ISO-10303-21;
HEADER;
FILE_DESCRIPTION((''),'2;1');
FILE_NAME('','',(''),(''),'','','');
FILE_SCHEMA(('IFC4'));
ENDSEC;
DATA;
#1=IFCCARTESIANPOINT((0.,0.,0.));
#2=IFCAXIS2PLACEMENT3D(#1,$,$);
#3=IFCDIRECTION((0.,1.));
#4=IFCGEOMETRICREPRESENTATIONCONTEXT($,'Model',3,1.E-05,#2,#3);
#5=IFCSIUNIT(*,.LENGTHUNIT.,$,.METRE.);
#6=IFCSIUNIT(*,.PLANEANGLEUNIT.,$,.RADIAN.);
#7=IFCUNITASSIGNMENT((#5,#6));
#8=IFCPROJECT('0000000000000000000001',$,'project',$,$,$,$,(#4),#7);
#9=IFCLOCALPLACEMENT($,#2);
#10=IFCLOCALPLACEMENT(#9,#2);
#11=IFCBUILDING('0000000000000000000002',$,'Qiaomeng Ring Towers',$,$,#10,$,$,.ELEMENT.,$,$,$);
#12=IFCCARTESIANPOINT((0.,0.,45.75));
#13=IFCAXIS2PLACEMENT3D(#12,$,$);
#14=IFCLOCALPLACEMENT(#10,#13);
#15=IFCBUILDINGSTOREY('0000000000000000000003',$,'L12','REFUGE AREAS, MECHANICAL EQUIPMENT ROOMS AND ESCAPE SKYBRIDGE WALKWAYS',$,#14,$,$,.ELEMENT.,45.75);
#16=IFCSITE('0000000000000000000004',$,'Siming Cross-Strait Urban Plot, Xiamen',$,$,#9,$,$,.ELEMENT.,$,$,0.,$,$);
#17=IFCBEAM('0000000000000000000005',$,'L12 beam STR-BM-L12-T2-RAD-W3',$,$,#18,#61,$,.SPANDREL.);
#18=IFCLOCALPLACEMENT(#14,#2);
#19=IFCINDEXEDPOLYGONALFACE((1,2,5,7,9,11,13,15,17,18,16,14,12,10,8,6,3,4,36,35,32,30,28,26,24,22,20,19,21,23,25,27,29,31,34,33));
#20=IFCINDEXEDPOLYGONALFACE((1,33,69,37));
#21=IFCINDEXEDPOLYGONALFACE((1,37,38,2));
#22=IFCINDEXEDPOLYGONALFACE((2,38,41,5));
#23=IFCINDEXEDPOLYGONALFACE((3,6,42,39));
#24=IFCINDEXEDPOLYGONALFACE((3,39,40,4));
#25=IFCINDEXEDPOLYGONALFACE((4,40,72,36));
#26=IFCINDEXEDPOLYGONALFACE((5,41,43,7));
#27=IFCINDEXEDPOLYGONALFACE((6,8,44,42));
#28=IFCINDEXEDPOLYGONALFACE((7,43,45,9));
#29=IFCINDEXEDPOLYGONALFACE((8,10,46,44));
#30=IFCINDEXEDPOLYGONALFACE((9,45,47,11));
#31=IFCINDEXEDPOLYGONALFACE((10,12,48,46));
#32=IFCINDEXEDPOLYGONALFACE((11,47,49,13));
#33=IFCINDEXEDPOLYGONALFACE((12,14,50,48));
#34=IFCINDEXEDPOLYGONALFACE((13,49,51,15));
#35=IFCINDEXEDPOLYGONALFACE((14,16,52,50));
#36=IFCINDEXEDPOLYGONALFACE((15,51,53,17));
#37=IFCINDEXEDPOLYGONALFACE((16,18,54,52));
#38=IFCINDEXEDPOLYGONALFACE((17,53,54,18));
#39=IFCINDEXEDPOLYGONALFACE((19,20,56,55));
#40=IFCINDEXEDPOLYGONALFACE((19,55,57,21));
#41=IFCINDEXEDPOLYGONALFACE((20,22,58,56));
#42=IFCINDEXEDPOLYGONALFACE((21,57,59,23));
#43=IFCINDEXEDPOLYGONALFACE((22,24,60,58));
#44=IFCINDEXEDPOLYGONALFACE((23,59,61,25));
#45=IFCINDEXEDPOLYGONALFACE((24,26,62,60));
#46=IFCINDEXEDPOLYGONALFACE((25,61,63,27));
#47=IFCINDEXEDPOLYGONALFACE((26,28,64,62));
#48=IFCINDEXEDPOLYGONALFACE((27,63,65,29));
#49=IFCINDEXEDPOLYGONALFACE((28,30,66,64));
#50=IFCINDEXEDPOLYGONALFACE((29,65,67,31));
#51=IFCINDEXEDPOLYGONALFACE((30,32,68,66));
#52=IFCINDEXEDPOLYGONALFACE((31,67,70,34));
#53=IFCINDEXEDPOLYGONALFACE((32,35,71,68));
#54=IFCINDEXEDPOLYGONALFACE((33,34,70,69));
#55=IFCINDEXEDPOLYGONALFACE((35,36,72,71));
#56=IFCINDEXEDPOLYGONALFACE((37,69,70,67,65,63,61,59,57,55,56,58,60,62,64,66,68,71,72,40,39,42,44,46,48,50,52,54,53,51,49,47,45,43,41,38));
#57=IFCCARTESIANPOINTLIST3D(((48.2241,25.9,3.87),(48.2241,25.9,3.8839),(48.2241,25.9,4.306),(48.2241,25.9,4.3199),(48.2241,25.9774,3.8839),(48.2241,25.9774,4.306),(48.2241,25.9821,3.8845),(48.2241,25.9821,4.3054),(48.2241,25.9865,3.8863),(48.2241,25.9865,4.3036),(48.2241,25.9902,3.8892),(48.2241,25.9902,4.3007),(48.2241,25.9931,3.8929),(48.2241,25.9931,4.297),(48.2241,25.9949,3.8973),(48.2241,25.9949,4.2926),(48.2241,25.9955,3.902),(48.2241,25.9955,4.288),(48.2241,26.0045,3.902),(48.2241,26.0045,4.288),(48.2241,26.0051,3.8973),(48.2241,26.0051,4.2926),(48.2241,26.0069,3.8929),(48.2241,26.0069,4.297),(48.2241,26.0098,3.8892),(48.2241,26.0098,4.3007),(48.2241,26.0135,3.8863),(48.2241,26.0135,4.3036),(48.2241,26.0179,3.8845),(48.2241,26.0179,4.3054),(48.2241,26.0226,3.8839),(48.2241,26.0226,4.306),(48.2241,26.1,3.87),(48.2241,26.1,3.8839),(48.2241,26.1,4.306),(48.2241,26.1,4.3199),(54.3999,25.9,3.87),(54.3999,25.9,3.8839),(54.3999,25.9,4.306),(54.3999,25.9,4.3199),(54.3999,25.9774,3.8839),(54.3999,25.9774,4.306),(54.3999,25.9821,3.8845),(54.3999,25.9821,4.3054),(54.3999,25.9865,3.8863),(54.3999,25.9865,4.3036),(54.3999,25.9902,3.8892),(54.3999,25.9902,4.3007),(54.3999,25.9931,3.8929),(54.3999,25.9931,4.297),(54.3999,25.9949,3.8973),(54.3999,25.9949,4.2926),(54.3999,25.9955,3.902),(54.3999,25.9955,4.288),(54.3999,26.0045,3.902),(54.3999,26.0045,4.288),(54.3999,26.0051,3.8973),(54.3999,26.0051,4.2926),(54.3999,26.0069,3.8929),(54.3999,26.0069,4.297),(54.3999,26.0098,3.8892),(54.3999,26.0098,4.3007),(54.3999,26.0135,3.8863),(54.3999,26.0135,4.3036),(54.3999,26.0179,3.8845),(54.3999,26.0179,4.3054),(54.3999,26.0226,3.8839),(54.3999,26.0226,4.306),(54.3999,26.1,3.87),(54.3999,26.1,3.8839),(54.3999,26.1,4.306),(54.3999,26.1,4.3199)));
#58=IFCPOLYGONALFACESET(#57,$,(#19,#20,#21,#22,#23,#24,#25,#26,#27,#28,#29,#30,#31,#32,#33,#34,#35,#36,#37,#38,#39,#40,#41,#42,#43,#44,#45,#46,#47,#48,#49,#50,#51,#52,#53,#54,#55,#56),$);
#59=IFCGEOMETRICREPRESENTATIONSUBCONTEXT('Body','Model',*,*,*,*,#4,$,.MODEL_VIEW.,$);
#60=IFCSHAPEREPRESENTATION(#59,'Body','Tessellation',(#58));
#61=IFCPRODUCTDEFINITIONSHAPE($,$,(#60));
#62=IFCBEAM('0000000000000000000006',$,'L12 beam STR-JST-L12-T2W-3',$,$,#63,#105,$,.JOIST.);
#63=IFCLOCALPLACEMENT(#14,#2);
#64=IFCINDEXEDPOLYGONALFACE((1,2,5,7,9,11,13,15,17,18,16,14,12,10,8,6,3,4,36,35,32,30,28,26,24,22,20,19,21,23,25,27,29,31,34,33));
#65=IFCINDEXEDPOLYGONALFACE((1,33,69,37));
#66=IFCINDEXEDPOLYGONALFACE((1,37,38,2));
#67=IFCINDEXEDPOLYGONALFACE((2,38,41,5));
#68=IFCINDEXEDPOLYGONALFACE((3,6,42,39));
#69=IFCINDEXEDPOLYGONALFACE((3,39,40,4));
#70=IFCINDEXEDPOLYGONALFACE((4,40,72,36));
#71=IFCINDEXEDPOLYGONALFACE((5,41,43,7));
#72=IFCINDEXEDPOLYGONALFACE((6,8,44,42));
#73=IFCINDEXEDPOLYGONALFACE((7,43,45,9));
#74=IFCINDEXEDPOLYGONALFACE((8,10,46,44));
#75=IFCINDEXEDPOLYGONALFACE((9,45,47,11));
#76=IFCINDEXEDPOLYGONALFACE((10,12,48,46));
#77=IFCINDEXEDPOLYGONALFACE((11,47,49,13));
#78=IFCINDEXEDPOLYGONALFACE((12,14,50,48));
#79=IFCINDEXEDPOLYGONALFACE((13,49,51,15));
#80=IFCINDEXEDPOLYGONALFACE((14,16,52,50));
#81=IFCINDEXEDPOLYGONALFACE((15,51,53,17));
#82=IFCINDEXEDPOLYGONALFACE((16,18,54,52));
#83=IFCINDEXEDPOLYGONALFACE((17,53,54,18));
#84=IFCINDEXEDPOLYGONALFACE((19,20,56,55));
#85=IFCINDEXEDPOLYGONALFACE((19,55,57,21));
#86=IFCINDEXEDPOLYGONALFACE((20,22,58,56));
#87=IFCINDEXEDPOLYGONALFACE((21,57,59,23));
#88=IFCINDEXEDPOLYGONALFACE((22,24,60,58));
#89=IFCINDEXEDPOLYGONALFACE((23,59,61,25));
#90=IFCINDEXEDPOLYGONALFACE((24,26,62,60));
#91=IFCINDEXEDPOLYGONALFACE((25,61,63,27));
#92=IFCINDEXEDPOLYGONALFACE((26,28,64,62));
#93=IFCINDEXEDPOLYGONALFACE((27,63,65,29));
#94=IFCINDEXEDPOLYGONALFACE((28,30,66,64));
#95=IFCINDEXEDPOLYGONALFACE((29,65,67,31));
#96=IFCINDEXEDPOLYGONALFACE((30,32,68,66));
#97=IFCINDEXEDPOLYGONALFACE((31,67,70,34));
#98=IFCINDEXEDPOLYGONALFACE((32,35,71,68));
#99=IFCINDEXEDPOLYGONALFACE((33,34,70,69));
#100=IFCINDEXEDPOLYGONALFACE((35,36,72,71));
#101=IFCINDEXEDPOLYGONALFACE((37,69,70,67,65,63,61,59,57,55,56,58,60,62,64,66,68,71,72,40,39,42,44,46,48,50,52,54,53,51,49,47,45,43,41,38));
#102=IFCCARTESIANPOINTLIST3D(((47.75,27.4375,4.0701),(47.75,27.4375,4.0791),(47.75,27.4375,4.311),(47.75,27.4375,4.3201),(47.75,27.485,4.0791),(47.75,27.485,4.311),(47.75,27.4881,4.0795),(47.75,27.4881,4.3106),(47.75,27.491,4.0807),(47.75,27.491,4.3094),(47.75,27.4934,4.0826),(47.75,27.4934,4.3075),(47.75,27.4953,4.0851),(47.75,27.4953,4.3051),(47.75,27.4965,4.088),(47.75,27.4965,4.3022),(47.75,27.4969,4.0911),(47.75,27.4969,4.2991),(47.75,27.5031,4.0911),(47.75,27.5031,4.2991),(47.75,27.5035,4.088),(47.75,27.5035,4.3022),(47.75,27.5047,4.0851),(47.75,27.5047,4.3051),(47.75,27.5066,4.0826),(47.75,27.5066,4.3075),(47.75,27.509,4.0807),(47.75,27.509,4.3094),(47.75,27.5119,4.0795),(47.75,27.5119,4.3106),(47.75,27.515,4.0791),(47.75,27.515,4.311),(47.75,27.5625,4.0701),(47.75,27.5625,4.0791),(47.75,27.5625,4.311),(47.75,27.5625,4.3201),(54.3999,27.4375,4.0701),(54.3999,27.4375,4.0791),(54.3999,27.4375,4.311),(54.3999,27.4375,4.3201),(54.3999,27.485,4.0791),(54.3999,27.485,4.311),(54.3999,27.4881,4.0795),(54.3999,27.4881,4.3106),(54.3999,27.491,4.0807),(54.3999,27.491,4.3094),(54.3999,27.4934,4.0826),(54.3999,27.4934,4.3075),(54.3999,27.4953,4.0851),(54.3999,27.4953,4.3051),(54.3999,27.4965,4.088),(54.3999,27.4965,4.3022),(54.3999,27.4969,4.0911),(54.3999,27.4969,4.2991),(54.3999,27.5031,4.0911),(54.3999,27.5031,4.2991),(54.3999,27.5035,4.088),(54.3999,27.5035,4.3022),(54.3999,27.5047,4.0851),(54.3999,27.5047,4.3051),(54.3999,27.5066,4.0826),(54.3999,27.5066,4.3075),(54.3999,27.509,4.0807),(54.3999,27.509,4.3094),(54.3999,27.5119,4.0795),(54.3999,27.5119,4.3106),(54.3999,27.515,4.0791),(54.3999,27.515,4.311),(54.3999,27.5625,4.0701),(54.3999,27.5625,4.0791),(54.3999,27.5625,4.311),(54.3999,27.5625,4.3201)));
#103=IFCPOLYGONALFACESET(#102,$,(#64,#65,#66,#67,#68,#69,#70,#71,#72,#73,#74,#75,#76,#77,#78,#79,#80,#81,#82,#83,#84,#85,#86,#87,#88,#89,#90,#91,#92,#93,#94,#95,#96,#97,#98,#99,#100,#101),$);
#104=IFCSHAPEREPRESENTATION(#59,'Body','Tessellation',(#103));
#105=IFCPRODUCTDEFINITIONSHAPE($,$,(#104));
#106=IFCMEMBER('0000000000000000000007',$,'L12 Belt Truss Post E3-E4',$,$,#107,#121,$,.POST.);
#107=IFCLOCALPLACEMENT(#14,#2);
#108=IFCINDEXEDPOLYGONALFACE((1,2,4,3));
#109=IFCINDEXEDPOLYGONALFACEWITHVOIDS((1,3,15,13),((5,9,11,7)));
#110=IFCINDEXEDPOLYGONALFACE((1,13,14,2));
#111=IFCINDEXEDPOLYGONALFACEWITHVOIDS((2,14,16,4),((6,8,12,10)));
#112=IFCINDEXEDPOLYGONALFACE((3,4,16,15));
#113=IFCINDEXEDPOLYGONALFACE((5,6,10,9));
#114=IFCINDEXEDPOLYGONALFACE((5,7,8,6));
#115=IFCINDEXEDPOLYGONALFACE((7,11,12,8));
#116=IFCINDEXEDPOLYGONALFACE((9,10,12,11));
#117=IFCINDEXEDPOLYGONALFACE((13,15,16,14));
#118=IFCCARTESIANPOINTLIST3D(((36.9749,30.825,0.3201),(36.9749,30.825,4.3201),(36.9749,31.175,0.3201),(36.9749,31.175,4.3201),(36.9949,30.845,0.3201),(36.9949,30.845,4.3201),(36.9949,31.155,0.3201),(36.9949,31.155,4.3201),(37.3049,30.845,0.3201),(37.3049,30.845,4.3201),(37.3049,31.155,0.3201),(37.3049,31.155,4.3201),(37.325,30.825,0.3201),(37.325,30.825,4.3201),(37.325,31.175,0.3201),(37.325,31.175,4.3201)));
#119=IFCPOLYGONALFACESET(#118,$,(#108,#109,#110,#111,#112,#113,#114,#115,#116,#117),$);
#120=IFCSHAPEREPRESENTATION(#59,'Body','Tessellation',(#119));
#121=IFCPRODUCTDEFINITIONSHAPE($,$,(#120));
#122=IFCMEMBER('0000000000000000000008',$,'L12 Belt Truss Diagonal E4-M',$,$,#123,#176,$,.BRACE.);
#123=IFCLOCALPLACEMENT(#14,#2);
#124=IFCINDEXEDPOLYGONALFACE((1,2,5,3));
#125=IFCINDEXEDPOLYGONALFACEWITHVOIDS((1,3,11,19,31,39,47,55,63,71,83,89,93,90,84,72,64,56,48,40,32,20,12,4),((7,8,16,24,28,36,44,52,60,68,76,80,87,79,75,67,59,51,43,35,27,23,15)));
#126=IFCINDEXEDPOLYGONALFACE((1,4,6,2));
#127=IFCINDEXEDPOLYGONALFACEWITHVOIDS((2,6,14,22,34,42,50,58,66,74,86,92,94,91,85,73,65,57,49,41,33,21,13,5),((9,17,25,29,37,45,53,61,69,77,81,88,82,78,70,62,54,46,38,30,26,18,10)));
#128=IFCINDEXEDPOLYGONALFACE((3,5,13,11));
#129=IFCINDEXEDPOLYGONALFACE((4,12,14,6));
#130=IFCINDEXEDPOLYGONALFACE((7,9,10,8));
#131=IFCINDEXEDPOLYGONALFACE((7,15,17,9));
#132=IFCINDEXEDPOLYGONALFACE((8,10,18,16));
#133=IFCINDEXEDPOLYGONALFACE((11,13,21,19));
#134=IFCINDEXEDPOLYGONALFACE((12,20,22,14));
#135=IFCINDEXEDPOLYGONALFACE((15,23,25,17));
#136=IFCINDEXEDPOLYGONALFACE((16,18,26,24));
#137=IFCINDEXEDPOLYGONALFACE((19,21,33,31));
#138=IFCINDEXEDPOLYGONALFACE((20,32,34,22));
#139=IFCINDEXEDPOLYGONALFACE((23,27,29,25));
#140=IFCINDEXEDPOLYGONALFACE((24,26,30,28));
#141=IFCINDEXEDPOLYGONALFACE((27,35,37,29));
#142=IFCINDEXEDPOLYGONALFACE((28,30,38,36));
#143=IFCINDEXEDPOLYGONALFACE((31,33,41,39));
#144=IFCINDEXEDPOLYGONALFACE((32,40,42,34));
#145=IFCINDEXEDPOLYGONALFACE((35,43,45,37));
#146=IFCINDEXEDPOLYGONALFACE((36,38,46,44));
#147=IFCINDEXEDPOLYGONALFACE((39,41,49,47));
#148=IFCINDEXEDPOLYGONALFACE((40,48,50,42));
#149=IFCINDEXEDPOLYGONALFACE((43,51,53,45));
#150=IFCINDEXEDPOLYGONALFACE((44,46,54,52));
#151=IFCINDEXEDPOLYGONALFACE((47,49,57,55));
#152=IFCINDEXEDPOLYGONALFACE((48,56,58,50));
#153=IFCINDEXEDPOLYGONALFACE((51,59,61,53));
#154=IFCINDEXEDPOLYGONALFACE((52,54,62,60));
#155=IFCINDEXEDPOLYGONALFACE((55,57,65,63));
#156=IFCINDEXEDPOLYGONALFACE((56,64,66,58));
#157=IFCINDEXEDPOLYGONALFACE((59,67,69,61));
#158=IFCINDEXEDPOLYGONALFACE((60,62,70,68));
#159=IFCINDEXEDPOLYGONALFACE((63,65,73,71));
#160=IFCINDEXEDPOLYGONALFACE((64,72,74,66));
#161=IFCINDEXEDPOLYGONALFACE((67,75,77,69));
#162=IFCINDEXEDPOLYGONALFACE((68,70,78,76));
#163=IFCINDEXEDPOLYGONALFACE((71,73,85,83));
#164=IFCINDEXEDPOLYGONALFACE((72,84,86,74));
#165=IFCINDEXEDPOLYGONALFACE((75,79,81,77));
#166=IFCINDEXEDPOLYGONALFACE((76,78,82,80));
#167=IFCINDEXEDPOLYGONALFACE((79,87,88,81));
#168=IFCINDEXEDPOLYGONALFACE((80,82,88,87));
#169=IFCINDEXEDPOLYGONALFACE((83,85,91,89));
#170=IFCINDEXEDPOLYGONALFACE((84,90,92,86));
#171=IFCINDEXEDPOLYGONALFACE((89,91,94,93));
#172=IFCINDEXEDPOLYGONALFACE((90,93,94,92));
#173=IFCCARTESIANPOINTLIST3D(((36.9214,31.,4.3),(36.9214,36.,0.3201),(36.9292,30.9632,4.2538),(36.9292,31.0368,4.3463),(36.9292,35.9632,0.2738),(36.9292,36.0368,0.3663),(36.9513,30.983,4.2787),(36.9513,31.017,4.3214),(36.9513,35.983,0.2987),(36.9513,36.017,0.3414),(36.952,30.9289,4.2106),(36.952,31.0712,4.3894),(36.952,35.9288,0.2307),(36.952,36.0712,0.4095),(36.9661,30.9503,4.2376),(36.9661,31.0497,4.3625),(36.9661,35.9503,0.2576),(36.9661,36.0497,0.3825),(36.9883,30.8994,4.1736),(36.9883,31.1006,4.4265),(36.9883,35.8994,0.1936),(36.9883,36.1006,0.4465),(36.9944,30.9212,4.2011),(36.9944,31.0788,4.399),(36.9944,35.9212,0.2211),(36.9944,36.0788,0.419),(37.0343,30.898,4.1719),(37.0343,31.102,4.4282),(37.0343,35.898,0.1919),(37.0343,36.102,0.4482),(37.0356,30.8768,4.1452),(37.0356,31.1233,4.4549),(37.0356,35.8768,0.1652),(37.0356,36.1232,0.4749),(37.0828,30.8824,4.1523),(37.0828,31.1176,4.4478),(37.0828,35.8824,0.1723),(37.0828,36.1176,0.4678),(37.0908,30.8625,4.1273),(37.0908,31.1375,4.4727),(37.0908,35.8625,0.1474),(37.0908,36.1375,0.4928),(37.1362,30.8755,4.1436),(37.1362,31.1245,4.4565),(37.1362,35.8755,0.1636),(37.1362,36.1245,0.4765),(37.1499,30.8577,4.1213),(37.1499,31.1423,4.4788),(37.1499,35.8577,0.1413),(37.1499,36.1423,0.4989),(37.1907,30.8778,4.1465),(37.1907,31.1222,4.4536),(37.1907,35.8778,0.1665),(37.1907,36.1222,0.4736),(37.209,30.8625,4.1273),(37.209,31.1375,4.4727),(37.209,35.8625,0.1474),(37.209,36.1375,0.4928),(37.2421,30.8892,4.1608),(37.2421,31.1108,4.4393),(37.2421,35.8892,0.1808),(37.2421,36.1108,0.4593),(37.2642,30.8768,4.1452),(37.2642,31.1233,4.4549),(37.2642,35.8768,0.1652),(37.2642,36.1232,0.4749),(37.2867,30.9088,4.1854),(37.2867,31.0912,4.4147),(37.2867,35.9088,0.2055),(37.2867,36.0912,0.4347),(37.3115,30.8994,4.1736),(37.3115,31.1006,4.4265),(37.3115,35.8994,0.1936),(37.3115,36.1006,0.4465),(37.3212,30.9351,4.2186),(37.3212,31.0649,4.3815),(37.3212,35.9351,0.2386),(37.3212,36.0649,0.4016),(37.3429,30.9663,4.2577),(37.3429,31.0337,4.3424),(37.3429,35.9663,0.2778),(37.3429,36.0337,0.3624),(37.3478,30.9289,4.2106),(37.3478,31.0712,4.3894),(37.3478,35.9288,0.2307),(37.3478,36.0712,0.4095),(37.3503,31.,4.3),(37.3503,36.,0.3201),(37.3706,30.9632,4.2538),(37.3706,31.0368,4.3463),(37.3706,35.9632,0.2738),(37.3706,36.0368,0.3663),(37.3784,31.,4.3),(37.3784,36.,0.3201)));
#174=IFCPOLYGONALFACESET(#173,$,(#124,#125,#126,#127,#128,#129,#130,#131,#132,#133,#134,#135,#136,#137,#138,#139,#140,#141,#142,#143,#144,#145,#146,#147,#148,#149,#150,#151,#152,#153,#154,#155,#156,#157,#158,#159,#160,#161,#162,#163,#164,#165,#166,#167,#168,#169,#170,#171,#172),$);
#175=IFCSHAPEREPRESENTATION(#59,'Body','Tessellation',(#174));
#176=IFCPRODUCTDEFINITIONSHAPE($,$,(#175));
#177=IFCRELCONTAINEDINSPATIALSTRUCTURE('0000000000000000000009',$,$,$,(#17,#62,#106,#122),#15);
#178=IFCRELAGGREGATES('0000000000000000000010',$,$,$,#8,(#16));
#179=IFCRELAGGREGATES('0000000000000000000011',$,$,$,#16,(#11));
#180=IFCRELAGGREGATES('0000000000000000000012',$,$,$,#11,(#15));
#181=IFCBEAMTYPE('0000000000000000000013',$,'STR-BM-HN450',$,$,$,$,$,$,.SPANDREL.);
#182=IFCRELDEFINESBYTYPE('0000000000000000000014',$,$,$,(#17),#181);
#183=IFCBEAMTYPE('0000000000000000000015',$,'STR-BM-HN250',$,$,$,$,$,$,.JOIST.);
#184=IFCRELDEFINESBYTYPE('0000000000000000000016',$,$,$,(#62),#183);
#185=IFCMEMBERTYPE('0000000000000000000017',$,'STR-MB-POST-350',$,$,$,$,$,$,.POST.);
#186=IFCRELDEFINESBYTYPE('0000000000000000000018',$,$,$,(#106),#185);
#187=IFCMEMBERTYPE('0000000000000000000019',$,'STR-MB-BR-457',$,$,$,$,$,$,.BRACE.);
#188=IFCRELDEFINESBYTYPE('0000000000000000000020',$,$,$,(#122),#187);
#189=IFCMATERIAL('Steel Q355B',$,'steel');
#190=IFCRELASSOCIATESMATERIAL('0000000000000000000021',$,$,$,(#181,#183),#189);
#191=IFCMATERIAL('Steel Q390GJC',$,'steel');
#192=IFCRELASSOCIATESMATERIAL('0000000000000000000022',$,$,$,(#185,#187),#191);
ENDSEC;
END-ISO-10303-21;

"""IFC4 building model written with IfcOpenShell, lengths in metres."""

from ifc_helpers import new_model, si_unit, direction, frame, origin, origin_2d, place, context, subcontext, project, spatial, hollow_rectangle, hollow_circle, i_section, extrude, source, transform, mapped, material, material_profile, profile_set, type_object, element, save


model = new_model("IFC4")

# Units and contexts
model_context = context("Model", 3, precision=1e-05, world=origin(), true_north=direction((0.0, 1.0)))
body_context = subcontext(model_context, "Body", "Model", "MODEL_VIEW")
ifc_project = project(units=[si_unit("LENGTHUNIT", "METRE"), si_unit("PLANEANGLEUNIT", "RADIAN")], contexts=[model_context])

# Site, building, storey
site_placement = place(None, origin())
site = spatial("IfcSite", under=ifc_project, at=site_placement, Name="Siming Cross-Strait Urban Plot, Xiamen", CompositionType="ELEMENT", RefElevation=0.0)
building_placement = place(site_placement, origin())
building = spatial("IfcBuilding", under=site, at=building_placement, Name="Qiaomeng Ring Towers", CompositionType="ELEMENT")
storey_placement = place(building_placement, frame((0.0, 0.0, 45.75)))
storey = spatial("IfcBuildingStorey", under=building, at=storey_placement, Name="L12", Description="REFUGE AREAS, MECHANICAL EQUIPMENT ROOMS AND ESCAPE SKYBRIDGE WALKWAYS", CompositionType="ELEMENT", Elevation=45.75)

# Beams
ifc_material_1 = material(Name="Steel Q355B", Category="steel")
ifc_material_profile_1 = material_profile(ifc_material_1, i_section(OverallWidth=0.2, OverallDepth=0.45, WebThickness=0.009, FlangeThickness=0.0139, FilletRadius=0.0181, at=origin_2d()), Name="HN 450x200x9x14")
ifc_profile_set_1 = profile_set([ifc_material_profile_1], Name="Steel Q355B")
beam_type_1 = type_object("IfcBeamType", Name="STR-BM-HN450", PredefinedType="SPANDREL", material=ifc_profile_set_1)
ifc_material_2 = material(Name="Steel Q390GJC", Category="steel")
shared_shape_1 = source(origin(), body_context, "Body", "SweptSolid", [
    extrude(i_section(OverallWidth=0.2, OverallDepth=0.45, WebThickness=0.009, FlangeThickness=0.0139, FilletRadius=0.0181, at=origin_2d()), origin(), (0.0, 0.0, 1.0), 6.1758),
])
beam_1_placement = place(storey_placement, frame((48.2241, 26.0, 4.095), z_axis=(1.0, 0.0, 0.0), x_axis=(0.0, 1.0, 0.0)))
element("IfcBeam", 1, at=beam_1_placement, inside=storey, type_object=beam_type_1, Name="L12 beam STR-BM-L12-T2-RAD-W3", PredefinedType="SPANDREL", context=body_context, shape_type="MappedRepresentation", body=[
    mapped(shared_shape_1, transform((0.0, 0.0, 0.0), x_axis=(1.0, 0.0, 0.0), y_axis=(0.0, 1.0, 0.0), z_axis=(0.0, 0.0, 1.0), scale=1.0)),
])
ifc_material_profile_2 = material_profile(ifc_material_1, i_section(OverallWidth=0.125, OverallDepth=0.25, WebThickness=0.0061, FlangeThickness=0.009, FilletRadius=0.012, at=origin_2d()), Name="HN 250x125x6x9")
ifc_profile_set_2 = profile_set([ifc_material_profile_2], Name="Steel Q355B")
beam_type_2 = type_object("IfcBeamType", Name="STR-BM-HN250", PredefinedType="JOIST", material=ifc_profile_set_2)
shared_shape_2 = source(origin(), body_context, "Body", "SweptSolid", [
    extrude(i_section(OverallWidth=0.125, OverallDepth=0.25, WebThickness=0.0061, FlangeThickness=0.009, FilletRadius=0.012, at=origin_2d()), origin(), (0.0, 0.0, 1.0), 6.6499),
])
beam_2_placement = place(storey_placement, frame((47.75, 27.5, 4.1951), z_axis=(1.0, 0.0, 0.0), x_axis=(0.0, 1.0, 0.0)))
element("IfcBeam", 2, at=beam_2_placement, inside=storey, type_object=beam_type_2, Name="L12 beam STR-JST-L12-T2W-3", PredefinedType="JOIST", context=body_context, shape_type="MappedRepresentation", body=[
    mapped(shared_shape_2, transform((0.0, 0.0, 0.0), x_axis=(1.0, 0.0, 0.0), y_axis=(0.0, 1.0, 0.0), z_axis=(0.0, 0.0, 1.0), scale=1.0)),
])

# Members
ifc_material_profile_3 = material_profile(ifc_material_2, hollow_rectangle(XDim=0.3501, YDim=0.3501, WallThickness=0.02, at=origin_2d()), Name="SHS 350x350x20")
ifc_profile_set_3 = profile_set([ifc_material_profile_3], Name="Steel Q390GJC")
member_type_1 = type_object("IfcMemberType", Name="STR-MB-POST-350", PredefinedType="POST", material=ifc_profile_set_3)
shared_shape_3 = source(origin(), body_context, "Body", "SweptSolid", [
    extrude(hollow_rectangle(XDim=0.3501, YDim=0.3501, WallThickness=0.02, at=origin_2d()), origin(), (0.0, 0.0, 1.0), 4.0),
])
member_1_placement = place(storey_placement, frame((37.1499, 31.0, 0.3201), z_axis=(0.0, 0.0, 1.0), x_axis=(1.0, 0.0, 0.0)))
element("IfcMember", 3, at=member_1_placement, inside=storey, type_object=member_type_1, Name="L12 Belt Truss Post E3-E4", PredefinedType="POST", context=body_context, shape_type="MappedRepresentation", body=[
    mapped(shared_shape_3, transform((0.0, 0.0, 0.0), x_axis=(1.0, 0.0, 0.0), y_axis=(0.0, 1.0, 0.0), z_axis=(0.0, 0.0, 1.0), scale=1.0)),
])
ifc_material_profile_4 = material_profile(ifc_material_2, hollow_circle(Radius=0.2285, WallThickness=0.0281, at=origin_2d()), Name="CHS 457x28")
ifc_profile_set_4 = profile_set([ifc_material_profile_4], Name="Steel Q390GJC")
member_type_2 = type_object("IfcMemberType", Name="STR-MB-BR-457", PredefinedType="BRACE", material=ifc_profile_set_4)
shared_shape_4 = source(origin(), body_context, "Body", "SweptSolid", [
    extrude(hollow_circle(Radius=0.2285, WallThickness=0.0281, at=origin_2d()), origin(), (0.0, 0.0, 1.0), 6.3906),
])
member_2_placement = place(storey_placement, frame((37.1499, 36.0, 0.3201), z_axis=(0.0, -0.782395, 0.622783), x_axis=(1.0, 0.0, 0.0)))
element("IfcMember", 4, at=member_2_placement, inside=storey, type_object=member_type_2, Name="L12 Belt Truss Diagonal E4-M", PredefinedType="BRACE", context=body_context, shape_type="MappedRepresentation", body=[
    mapped(shared_shape_4, transform((0.0, 0.0, 0.0), x_axis=(1.0, 0.0, 0.0), y_axis=(0.0, 1.0, 0.0), z_axis=(0.0, 0.0, 1.0), scale=1.0)),
])

save(model, "model.ifc")
